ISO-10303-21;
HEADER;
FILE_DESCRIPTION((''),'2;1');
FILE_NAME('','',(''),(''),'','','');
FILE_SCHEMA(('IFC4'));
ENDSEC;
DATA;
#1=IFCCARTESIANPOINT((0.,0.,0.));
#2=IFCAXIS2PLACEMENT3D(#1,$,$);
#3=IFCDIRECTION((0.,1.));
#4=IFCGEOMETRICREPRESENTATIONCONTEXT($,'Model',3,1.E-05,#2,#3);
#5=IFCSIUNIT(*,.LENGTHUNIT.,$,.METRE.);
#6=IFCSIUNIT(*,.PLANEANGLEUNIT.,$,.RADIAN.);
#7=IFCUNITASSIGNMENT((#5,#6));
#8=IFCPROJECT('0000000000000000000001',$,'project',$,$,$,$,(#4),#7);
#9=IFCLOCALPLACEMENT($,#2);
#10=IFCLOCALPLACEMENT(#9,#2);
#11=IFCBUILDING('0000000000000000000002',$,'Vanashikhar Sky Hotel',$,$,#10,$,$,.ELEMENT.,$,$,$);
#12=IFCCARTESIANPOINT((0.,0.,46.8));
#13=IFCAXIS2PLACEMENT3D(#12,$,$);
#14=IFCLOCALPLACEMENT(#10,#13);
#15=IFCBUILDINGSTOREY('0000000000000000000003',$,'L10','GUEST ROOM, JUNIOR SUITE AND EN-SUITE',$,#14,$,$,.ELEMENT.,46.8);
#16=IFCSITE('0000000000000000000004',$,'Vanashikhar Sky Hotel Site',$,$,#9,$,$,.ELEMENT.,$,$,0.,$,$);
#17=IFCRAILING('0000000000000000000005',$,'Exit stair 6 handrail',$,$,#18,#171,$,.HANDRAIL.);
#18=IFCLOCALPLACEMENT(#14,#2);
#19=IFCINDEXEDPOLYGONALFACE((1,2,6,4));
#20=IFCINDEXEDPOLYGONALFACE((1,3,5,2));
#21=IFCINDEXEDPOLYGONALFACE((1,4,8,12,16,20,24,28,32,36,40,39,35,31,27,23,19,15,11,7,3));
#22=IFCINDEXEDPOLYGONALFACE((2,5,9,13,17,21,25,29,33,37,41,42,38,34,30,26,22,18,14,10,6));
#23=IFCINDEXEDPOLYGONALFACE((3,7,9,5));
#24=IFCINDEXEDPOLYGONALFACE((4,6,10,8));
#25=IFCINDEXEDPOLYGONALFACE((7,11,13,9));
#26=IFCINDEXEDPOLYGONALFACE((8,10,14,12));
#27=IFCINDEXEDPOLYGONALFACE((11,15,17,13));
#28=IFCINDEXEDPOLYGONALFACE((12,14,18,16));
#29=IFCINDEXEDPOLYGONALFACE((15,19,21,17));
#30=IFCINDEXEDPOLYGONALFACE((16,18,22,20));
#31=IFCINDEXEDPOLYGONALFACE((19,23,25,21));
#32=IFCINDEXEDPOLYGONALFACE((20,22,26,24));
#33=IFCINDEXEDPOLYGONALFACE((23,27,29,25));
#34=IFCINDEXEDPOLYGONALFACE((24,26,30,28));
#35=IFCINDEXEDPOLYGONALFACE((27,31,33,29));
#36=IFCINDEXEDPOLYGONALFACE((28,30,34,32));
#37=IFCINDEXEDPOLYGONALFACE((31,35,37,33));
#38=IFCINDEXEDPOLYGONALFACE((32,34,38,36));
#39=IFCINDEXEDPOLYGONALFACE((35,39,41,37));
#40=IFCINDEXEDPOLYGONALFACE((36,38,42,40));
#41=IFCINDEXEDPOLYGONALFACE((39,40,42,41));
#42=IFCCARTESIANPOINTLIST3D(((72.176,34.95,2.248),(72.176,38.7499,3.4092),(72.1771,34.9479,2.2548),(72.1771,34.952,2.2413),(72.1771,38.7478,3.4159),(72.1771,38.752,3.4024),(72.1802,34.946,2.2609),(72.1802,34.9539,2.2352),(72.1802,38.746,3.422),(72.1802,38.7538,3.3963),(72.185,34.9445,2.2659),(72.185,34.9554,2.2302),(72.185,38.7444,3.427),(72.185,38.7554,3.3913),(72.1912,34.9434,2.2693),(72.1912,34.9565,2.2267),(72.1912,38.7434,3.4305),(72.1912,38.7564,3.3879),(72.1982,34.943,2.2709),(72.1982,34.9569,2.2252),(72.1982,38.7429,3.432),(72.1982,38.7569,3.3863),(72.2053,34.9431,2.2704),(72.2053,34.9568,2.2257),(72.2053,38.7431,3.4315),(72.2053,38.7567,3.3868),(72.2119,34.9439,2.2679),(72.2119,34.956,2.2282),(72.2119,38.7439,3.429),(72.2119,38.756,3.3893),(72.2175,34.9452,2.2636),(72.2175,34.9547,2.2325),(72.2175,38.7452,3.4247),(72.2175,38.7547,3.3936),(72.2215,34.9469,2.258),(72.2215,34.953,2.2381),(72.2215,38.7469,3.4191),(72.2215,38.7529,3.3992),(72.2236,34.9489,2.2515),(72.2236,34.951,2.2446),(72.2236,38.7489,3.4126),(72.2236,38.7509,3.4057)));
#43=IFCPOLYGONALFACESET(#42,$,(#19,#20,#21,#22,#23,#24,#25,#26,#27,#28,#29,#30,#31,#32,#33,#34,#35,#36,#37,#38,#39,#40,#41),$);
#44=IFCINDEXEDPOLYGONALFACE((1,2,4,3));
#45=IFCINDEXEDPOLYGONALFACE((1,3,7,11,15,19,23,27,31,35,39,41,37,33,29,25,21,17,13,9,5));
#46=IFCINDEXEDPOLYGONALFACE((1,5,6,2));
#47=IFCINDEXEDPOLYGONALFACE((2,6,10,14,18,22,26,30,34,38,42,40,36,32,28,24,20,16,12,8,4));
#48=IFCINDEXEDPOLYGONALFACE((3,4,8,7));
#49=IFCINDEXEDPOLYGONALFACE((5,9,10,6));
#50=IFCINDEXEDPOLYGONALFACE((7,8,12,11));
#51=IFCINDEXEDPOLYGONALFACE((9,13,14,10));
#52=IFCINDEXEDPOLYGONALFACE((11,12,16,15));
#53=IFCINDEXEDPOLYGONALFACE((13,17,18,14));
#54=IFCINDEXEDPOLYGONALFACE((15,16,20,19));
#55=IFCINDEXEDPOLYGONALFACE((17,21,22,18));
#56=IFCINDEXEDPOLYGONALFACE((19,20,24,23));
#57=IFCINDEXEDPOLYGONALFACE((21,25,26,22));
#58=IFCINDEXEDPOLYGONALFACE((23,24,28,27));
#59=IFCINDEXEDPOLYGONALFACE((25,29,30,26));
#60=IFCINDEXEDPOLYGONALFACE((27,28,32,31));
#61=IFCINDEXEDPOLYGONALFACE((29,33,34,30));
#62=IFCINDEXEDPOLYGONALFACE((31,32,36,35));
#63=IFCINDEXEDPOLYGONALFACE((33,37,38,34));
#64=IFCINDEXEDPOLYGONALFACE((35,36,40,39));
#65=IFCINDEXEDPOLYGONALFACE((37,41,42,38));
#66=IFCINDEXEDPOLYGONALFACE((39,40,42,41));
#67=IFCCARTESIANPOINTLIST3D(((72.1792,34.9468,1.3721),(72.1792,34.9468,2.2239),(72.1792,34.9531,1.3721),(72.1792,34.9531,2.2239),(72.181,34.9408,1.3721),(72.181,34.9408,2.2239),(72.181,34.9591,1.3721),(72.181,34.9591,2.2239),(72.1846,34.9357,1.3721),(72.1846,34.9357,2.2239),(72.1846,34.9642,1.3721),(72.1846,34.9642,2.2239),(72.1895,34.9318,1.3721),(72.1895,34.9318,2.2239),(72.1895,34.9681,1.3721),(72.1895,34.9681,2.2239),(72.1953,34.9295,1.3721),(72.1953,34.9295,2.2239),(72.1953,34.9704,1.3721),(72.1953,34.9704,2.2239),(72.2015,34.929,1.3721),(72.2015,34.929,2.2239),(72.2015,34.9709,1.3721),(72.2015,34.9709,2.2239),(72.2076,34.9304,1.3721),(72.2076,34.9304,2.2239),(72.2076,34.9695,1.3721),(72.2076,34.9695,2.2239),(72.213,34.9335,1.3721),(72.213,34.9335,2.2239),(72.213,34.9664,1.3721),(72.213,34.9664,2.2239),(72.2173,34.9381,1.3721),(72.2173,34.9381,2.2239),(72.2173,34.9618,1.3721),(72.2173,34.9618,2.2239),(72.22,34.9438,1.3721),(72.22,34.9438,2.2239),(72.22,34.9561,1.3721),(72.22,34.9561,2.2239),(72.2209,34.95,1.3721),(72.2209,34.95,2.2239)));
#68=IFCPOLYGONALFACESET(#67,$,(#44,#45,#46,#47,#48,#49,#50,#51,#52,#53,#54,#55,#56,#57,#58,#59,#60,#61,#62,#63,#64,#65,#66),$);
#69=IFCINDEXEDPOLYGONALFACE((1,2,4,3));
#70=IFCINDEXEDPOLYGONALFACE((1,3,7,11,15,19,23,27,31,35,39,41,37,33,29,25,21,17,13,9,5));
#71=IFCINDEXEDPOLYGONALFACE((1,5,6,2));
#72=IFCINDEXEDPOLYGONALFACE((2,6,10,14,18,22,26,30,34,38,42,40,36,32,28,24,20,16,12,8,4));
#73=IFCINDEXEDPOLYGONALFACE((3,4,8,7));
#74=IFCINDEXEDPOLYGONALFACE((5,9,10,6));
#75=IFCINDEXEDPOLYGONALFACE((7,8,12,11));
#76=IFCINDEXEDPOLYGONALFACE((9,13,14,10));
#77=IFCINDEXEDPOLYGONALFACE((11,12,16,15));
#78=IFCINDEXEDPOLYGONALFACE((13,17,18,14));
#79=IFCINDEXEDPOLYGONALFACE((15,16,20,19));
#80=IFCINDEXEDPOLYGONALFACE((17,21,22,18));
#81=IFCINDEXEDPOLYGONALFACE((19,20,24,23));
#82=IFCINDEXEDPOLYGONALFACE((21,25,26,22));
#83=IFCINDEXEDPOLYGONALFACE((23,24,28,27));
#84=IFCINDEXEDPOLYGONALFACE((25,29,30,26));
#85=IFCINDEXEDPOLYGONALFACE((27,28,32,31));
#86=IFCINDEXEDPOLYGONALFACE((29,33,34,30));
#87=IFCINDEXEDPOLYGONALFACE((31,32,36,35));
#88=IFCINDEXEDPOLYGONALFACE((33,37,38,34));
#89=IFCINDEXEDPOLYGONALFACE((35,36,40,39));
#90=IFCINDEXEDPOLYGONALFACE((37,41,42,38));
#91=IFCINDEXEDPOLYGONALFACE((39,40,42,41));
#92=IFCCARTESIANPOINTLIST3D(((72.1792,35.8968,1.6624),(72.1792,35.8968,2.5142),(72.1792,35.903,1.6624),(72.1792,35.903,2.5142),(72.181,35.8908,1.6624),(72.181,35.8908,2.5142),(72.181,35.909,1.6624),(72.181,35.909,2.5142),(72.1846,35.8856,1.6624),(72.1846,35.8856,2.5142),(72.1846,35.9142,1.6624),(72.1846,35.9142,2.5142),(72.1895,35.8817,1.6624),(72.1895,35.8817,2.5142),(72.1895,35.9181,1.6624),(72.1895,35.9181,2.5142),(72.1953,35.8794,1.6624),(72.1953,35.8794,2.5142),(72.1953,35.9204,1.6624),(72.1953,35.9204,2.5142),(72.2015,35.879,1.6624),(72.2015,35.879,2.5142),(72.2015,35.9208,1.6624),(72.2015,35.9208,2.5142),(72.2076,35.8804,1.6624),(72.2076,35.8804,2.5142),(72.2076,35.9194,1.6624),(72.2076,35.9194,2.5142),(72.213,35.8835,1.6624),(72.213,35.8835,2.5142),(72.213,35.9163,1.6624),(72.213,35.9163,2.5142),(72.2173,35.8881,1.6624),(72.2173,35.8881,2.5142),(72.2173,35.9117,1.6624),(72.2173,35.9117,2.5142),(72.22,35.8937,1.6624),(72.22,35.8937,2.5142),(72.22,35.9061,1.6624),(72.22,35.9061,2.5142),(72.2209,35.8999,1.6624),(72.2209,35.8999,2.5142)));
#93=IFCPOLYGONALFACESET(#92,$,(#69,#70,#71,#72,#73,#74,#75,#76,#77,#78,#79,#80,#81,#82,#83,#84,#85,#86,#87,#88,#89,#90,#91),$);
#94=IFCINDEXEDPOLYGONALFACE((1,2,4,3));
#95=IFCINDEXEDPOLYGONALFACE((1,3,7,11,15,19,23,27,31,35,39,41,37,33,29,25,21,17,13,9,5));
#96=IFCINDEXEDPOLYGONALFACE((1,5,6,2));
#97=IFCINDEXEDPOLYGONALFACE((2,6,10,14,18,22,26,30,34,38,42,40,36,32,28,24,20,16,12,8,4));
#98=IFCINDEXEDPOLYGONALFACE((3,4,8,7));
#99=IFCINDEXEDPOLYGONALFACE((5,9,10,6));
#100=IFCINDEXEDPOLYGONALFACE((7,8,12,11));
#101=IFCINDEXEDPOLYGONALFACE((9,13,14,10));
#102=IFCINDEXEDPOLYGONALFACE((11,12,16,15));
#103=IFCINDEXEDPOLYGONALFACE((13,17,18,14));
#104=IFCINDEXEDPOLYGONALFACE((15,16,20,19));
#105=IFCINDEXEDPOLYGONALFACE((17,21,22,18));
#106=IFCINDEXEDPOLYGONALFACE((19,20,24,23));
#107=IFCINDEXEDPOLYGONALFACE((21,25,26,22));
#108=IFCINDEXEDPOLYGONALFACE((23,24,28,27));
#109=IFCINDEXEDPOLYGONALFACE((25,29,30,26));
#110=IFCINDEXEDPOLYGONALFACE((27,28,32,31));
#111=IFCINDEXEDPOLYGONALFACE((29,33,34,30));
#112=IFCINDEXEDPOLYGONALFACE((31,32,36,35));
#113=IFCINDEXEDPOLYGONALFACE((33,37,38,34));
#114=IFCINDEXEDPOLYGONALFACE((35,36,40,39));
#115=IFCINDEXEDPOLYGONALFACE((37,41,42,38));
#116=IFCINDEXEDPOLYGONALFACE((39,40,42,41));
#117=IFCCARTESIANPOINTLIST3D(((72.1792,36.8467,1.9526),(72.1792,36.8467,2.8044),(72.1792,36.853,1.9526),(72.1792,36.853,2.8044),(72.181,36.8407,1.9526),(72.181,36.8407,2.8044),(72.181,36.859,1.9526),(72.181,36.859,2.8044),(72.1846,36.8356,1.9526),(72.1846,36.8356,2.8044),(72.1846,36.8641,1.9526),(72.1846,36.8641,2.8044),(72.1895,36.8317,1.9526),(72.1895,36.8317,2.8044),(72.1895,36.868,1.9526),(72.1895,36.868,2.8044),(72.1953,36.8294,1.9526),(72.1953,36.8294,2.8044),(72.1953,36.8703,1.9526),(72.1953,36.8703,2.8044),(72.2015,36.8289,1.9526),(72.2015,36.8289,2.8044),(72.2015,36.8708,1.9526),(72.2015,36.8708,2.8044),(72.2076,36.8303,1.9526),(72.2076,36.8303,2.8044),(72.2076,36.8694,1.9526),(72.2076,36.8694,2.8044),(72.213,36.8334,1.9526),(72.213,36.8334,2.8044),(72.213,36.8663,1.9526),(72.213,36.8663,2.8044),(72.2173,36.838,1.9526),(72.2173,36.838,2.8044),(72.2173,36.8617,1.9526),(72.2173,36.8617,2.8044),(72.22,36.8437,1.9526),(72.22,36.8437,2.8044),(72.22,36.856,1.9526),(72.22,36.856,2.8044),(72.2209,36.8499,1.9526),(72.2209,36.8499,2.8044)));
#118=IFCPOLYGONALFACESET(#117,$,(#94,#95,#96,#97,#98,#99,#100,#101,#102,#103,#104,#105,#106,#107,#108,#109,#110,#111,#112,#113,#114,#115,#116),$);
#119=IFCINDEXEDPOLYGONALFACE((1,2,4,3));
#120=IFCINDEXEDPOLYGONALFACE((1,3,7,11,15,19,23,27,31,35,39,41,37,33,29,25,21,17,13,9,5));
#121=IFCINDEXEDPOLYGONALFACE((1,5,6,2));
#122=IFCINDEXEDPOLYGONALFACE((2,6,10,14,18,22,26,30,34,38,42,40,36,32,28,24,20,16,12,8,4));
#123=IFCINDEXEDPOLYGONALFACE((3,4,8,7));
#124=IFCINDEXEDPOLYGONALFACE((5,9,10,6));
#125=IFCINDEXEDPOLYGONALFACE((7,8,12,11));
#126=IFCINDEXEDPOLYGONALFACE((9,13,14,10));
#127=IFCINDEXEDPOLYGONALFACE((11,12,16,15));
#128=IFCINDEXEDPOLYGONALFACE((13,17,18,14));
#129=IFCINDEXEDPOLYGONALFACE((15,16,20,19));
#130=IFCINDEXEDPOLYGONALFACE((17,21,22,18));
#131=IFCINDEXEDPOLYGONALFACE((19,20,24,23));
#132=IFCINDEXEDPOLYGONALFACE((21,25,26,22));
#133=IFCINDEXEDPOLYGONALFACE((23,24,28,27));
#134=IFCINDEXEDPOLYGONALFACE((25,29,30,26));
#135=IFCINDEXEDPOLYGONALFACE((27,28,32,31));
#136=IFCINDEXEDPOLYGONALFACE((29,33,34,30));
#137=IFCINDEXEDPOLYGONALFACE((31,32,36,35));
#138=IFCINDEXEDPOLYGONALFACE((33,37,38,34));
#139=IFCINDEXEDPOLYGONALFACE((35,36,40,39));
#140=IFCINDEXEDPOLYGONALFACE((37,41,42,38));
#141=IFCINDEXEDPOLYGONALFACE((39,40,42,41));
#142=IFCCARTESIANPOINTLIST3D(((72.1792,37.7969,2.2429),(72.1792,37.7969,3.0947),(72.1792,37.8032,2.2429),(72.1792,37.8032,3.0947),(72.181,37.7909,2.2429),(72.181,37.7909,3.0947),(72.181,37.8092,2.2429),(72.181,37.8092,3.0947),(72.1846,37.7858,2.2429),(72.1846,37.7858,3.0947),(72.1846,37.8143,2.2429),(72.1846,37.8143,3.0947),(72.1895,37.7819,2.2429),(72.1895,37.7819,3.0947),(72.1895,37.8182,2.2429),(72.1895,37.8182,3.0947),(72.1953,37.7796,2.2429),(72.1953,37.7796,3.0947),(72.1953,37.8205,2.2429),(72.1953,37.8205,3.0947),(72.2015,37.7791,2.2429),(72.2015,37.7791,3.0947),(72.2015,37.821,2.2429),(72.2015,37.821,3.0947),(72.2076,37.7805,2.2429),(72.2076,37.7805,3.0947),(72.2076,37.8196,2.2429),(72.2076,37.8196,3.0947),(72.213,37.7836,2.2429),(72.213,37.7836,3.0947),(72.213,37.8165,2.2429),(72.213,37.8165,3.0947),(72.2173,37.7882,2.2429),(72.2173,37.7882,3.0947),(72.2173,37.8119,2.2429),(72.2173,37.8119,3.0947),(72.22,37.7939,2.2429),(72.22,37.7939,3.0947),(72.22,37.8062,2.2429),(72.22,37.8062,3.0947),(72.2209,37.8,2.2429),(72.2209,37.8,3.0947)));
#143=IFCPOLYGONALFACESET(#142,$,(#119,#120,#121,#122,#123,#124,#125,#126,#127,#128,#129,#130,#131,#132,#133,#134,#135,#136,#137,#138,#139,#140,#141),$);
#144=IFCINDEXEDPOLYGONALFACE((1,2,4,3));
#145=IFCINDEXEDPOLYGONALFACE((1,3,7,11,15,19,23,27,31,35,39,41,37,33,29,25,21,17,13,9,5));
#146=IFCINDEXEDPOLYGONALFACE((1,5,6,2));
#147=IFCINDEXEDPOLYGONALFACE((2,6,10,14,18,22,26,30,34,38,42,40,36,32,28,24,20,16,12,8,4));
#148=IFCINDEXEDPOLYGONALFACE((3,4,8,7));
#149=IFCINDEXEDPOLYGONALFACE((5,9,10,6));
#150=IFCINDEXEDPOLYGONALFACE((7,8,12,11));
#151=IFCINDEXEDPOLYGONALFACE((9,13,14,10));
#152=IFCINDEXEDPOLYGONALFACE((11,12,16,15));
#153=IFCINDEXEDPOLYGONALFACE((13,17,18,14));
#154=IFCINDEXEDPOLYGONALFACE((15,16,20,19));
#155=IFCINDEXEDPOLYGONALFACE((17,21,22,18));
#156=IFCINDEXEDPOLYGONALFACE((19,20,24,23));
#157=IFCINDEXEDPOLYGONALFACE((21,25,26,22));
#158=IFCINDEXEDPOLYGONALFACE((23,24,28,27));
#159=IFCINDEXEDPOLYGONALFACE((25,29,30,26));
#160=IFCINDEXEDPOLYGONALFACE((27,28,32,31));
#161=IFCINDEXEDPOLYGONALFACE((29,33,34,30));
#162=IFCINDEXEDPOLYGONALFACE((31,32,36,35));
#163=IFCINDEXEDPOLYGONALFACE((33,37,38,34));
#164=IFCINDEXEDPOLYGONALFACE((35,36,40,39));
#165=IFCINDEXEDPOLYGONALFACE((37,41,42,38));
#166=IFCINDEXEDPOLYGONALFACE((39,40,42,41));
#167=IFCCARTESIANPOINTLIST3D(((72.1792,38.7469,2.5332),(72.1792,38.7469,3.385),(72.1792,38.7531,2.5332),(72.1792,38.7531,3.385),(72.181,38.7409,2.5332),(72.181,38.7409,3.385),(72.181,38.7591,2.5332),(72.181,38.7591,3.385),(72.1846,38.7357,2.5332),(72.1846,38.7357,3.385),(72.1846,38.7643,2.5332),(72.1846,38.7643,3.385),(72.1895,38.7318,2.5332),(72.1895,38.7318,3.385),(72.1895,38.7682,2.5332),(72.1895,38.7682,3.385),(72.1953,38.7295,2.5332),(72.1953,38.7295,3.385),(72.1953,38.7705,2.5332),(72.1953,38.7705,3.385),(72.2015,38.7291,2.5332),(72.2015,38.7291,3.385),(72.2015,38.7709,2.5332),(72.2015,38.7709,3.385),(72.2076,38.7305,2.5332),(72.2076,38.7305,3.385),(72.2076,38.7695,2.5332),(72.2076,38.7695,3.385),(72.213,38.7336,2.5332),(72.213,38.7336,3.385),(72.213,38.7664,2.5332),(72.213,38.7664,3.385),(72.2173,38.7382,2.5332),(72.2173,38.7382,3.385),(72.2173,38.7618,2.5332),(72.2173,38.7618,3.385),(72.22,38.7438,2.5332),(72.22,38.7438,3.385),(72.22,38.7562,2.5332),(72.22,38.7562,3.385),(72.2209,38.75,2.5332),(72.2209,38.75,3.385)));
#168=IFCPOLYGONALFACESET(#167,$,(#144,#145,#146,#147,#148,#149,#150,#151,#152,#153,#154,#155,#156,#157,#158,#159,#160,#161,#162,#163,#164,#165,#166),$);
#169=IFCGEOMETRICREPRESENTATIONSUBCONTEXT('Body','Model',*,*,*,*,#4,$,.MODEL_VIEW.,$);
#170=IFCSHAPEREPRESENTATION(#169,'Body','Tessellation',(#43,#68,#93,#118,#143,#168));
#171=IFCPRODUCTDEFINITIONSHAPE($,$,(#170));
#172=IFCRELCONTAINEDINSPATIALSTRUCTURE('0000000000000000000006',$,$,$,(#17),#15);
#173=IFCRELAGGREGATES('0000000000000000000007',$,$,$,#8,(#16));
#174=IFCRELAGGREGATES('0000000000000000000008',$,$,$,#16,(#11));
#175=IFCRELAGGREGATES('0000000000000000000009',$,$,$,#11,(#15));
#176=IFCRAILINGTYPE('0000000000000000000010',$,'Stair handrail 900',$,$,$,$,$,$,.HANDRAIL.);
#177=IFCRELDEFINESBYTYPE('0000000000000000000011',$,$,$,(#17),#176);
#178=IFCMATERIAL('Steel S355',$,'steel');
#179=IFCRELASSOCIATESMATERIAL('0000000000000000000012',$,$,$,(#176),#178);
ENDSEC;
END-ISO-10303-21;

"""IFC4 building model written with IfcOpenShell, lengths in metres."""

from ifc_helpers import new_model, si_unit, direction, frame, origin, origin_2d, place, context, subcontext, project, spatial, circle, extrude, source, transform, mapped, material, type_object, element, save


model = new_model("IFC4")

# Units and contexts
model_context = context("Model", 3, precision=1e-05, world=origin(), true_north=direction((0.0, 1.0)))
body_context = subcontext(model_context, "Body", "Model", "MODEL_VIEW")
ifc_project = project(units=[si_unit("LENGTHUNIT", "METRE"), si_unit("PLANEANGLEUNIT", "RADIAN")], contexts=[model_context])

# Site, building, storey
site_placement = place(None, origin())
site = spatial("IfcSite", under=ifc_project, at=site_placement, Name="Vanashikhar Sky Hotel Site", CompositionType="ELEMENT", RefElevation=0.0)
building_placement = place(site_placement, origin())
building = spatial("IfcBuilding", under=site, at=building_placement, Name="Vanashikhar Sky Hotel", CompositionType="ELEMENT")
storey_placement = place(building_placement, frame((0.0, 0.0, 46.8)))
storey = spatial("IfcBuildingStorey", under=building, at=storey_placement, Name="L10", Description="GUEST ROOM, JUNIOR SUITE AND EN-SUITE", CompositionType="ELEMENT", Elevation=46.8)

# Railing
ifc_material_1 = material(Name="Steel S355", Category="steel")
railing_type_1 = type_object("IfcRailingType", Name="Stair handrail 900", PredefinedType="HANDRAIL", material=ifc_material_1)
shared_shape_1 = source(origin(), body_context, "Body", "SweptSolid", [
    extrude(circle(Radius=0.0239, at=origin_2d()), frame((0.0, 0.0, 0.876), z_axis=(0.0, 0.956351, 0.29222), x_axis=(-1.0, 0.0, 0.0)), (0.0, 0.0, 1.0), 3.9734),
    extrude(circle(Radius=0.021, at=origin_2d()), origin(), (0.0, 0.0, 1.0), 0.8518),
    extrude(circle(Radius=0.021, at=origin_2d()), frame((0.0, 0.95, 0.2903)), (0.0, 0.0, 1.0), 0.8518),
    extrude(circle(Radius=0.021, at=origin_2d()), frame((0.0, 1.8999, 0.5806)), (0.0, 0.0, 1.0), 0.8518),
    extrude(circle(Radius=0.021, at=origin_2d()), frame((0.0, 2.8501, 0.8708)), (0.0, 0.0, 1.0), 0.8518),
    extrude(circle(Radius=0.021, at=origin_2d()), frame((0.0, 3.8, 1.1611)), (0.0, 0.0, 1.0), 0.8518),
])
for number, where, name in (
    (1, (72.2, 34.95, 1.3721), "Exit stair 6 handrail"),
):
    element("IfcRailing", number, at=place(storey_placement, frame(where)), inside=storey, type_object=railing_type_1, Name=name, PredefinedType="HANDRAIL", context=body_context, shape_type="MappedRepresentation", body=[
        mapped(shared_shape_1, transform((0.0, 0.0, 0.0), scale=1.0)),
    ])

save(model, "model.ifc")
